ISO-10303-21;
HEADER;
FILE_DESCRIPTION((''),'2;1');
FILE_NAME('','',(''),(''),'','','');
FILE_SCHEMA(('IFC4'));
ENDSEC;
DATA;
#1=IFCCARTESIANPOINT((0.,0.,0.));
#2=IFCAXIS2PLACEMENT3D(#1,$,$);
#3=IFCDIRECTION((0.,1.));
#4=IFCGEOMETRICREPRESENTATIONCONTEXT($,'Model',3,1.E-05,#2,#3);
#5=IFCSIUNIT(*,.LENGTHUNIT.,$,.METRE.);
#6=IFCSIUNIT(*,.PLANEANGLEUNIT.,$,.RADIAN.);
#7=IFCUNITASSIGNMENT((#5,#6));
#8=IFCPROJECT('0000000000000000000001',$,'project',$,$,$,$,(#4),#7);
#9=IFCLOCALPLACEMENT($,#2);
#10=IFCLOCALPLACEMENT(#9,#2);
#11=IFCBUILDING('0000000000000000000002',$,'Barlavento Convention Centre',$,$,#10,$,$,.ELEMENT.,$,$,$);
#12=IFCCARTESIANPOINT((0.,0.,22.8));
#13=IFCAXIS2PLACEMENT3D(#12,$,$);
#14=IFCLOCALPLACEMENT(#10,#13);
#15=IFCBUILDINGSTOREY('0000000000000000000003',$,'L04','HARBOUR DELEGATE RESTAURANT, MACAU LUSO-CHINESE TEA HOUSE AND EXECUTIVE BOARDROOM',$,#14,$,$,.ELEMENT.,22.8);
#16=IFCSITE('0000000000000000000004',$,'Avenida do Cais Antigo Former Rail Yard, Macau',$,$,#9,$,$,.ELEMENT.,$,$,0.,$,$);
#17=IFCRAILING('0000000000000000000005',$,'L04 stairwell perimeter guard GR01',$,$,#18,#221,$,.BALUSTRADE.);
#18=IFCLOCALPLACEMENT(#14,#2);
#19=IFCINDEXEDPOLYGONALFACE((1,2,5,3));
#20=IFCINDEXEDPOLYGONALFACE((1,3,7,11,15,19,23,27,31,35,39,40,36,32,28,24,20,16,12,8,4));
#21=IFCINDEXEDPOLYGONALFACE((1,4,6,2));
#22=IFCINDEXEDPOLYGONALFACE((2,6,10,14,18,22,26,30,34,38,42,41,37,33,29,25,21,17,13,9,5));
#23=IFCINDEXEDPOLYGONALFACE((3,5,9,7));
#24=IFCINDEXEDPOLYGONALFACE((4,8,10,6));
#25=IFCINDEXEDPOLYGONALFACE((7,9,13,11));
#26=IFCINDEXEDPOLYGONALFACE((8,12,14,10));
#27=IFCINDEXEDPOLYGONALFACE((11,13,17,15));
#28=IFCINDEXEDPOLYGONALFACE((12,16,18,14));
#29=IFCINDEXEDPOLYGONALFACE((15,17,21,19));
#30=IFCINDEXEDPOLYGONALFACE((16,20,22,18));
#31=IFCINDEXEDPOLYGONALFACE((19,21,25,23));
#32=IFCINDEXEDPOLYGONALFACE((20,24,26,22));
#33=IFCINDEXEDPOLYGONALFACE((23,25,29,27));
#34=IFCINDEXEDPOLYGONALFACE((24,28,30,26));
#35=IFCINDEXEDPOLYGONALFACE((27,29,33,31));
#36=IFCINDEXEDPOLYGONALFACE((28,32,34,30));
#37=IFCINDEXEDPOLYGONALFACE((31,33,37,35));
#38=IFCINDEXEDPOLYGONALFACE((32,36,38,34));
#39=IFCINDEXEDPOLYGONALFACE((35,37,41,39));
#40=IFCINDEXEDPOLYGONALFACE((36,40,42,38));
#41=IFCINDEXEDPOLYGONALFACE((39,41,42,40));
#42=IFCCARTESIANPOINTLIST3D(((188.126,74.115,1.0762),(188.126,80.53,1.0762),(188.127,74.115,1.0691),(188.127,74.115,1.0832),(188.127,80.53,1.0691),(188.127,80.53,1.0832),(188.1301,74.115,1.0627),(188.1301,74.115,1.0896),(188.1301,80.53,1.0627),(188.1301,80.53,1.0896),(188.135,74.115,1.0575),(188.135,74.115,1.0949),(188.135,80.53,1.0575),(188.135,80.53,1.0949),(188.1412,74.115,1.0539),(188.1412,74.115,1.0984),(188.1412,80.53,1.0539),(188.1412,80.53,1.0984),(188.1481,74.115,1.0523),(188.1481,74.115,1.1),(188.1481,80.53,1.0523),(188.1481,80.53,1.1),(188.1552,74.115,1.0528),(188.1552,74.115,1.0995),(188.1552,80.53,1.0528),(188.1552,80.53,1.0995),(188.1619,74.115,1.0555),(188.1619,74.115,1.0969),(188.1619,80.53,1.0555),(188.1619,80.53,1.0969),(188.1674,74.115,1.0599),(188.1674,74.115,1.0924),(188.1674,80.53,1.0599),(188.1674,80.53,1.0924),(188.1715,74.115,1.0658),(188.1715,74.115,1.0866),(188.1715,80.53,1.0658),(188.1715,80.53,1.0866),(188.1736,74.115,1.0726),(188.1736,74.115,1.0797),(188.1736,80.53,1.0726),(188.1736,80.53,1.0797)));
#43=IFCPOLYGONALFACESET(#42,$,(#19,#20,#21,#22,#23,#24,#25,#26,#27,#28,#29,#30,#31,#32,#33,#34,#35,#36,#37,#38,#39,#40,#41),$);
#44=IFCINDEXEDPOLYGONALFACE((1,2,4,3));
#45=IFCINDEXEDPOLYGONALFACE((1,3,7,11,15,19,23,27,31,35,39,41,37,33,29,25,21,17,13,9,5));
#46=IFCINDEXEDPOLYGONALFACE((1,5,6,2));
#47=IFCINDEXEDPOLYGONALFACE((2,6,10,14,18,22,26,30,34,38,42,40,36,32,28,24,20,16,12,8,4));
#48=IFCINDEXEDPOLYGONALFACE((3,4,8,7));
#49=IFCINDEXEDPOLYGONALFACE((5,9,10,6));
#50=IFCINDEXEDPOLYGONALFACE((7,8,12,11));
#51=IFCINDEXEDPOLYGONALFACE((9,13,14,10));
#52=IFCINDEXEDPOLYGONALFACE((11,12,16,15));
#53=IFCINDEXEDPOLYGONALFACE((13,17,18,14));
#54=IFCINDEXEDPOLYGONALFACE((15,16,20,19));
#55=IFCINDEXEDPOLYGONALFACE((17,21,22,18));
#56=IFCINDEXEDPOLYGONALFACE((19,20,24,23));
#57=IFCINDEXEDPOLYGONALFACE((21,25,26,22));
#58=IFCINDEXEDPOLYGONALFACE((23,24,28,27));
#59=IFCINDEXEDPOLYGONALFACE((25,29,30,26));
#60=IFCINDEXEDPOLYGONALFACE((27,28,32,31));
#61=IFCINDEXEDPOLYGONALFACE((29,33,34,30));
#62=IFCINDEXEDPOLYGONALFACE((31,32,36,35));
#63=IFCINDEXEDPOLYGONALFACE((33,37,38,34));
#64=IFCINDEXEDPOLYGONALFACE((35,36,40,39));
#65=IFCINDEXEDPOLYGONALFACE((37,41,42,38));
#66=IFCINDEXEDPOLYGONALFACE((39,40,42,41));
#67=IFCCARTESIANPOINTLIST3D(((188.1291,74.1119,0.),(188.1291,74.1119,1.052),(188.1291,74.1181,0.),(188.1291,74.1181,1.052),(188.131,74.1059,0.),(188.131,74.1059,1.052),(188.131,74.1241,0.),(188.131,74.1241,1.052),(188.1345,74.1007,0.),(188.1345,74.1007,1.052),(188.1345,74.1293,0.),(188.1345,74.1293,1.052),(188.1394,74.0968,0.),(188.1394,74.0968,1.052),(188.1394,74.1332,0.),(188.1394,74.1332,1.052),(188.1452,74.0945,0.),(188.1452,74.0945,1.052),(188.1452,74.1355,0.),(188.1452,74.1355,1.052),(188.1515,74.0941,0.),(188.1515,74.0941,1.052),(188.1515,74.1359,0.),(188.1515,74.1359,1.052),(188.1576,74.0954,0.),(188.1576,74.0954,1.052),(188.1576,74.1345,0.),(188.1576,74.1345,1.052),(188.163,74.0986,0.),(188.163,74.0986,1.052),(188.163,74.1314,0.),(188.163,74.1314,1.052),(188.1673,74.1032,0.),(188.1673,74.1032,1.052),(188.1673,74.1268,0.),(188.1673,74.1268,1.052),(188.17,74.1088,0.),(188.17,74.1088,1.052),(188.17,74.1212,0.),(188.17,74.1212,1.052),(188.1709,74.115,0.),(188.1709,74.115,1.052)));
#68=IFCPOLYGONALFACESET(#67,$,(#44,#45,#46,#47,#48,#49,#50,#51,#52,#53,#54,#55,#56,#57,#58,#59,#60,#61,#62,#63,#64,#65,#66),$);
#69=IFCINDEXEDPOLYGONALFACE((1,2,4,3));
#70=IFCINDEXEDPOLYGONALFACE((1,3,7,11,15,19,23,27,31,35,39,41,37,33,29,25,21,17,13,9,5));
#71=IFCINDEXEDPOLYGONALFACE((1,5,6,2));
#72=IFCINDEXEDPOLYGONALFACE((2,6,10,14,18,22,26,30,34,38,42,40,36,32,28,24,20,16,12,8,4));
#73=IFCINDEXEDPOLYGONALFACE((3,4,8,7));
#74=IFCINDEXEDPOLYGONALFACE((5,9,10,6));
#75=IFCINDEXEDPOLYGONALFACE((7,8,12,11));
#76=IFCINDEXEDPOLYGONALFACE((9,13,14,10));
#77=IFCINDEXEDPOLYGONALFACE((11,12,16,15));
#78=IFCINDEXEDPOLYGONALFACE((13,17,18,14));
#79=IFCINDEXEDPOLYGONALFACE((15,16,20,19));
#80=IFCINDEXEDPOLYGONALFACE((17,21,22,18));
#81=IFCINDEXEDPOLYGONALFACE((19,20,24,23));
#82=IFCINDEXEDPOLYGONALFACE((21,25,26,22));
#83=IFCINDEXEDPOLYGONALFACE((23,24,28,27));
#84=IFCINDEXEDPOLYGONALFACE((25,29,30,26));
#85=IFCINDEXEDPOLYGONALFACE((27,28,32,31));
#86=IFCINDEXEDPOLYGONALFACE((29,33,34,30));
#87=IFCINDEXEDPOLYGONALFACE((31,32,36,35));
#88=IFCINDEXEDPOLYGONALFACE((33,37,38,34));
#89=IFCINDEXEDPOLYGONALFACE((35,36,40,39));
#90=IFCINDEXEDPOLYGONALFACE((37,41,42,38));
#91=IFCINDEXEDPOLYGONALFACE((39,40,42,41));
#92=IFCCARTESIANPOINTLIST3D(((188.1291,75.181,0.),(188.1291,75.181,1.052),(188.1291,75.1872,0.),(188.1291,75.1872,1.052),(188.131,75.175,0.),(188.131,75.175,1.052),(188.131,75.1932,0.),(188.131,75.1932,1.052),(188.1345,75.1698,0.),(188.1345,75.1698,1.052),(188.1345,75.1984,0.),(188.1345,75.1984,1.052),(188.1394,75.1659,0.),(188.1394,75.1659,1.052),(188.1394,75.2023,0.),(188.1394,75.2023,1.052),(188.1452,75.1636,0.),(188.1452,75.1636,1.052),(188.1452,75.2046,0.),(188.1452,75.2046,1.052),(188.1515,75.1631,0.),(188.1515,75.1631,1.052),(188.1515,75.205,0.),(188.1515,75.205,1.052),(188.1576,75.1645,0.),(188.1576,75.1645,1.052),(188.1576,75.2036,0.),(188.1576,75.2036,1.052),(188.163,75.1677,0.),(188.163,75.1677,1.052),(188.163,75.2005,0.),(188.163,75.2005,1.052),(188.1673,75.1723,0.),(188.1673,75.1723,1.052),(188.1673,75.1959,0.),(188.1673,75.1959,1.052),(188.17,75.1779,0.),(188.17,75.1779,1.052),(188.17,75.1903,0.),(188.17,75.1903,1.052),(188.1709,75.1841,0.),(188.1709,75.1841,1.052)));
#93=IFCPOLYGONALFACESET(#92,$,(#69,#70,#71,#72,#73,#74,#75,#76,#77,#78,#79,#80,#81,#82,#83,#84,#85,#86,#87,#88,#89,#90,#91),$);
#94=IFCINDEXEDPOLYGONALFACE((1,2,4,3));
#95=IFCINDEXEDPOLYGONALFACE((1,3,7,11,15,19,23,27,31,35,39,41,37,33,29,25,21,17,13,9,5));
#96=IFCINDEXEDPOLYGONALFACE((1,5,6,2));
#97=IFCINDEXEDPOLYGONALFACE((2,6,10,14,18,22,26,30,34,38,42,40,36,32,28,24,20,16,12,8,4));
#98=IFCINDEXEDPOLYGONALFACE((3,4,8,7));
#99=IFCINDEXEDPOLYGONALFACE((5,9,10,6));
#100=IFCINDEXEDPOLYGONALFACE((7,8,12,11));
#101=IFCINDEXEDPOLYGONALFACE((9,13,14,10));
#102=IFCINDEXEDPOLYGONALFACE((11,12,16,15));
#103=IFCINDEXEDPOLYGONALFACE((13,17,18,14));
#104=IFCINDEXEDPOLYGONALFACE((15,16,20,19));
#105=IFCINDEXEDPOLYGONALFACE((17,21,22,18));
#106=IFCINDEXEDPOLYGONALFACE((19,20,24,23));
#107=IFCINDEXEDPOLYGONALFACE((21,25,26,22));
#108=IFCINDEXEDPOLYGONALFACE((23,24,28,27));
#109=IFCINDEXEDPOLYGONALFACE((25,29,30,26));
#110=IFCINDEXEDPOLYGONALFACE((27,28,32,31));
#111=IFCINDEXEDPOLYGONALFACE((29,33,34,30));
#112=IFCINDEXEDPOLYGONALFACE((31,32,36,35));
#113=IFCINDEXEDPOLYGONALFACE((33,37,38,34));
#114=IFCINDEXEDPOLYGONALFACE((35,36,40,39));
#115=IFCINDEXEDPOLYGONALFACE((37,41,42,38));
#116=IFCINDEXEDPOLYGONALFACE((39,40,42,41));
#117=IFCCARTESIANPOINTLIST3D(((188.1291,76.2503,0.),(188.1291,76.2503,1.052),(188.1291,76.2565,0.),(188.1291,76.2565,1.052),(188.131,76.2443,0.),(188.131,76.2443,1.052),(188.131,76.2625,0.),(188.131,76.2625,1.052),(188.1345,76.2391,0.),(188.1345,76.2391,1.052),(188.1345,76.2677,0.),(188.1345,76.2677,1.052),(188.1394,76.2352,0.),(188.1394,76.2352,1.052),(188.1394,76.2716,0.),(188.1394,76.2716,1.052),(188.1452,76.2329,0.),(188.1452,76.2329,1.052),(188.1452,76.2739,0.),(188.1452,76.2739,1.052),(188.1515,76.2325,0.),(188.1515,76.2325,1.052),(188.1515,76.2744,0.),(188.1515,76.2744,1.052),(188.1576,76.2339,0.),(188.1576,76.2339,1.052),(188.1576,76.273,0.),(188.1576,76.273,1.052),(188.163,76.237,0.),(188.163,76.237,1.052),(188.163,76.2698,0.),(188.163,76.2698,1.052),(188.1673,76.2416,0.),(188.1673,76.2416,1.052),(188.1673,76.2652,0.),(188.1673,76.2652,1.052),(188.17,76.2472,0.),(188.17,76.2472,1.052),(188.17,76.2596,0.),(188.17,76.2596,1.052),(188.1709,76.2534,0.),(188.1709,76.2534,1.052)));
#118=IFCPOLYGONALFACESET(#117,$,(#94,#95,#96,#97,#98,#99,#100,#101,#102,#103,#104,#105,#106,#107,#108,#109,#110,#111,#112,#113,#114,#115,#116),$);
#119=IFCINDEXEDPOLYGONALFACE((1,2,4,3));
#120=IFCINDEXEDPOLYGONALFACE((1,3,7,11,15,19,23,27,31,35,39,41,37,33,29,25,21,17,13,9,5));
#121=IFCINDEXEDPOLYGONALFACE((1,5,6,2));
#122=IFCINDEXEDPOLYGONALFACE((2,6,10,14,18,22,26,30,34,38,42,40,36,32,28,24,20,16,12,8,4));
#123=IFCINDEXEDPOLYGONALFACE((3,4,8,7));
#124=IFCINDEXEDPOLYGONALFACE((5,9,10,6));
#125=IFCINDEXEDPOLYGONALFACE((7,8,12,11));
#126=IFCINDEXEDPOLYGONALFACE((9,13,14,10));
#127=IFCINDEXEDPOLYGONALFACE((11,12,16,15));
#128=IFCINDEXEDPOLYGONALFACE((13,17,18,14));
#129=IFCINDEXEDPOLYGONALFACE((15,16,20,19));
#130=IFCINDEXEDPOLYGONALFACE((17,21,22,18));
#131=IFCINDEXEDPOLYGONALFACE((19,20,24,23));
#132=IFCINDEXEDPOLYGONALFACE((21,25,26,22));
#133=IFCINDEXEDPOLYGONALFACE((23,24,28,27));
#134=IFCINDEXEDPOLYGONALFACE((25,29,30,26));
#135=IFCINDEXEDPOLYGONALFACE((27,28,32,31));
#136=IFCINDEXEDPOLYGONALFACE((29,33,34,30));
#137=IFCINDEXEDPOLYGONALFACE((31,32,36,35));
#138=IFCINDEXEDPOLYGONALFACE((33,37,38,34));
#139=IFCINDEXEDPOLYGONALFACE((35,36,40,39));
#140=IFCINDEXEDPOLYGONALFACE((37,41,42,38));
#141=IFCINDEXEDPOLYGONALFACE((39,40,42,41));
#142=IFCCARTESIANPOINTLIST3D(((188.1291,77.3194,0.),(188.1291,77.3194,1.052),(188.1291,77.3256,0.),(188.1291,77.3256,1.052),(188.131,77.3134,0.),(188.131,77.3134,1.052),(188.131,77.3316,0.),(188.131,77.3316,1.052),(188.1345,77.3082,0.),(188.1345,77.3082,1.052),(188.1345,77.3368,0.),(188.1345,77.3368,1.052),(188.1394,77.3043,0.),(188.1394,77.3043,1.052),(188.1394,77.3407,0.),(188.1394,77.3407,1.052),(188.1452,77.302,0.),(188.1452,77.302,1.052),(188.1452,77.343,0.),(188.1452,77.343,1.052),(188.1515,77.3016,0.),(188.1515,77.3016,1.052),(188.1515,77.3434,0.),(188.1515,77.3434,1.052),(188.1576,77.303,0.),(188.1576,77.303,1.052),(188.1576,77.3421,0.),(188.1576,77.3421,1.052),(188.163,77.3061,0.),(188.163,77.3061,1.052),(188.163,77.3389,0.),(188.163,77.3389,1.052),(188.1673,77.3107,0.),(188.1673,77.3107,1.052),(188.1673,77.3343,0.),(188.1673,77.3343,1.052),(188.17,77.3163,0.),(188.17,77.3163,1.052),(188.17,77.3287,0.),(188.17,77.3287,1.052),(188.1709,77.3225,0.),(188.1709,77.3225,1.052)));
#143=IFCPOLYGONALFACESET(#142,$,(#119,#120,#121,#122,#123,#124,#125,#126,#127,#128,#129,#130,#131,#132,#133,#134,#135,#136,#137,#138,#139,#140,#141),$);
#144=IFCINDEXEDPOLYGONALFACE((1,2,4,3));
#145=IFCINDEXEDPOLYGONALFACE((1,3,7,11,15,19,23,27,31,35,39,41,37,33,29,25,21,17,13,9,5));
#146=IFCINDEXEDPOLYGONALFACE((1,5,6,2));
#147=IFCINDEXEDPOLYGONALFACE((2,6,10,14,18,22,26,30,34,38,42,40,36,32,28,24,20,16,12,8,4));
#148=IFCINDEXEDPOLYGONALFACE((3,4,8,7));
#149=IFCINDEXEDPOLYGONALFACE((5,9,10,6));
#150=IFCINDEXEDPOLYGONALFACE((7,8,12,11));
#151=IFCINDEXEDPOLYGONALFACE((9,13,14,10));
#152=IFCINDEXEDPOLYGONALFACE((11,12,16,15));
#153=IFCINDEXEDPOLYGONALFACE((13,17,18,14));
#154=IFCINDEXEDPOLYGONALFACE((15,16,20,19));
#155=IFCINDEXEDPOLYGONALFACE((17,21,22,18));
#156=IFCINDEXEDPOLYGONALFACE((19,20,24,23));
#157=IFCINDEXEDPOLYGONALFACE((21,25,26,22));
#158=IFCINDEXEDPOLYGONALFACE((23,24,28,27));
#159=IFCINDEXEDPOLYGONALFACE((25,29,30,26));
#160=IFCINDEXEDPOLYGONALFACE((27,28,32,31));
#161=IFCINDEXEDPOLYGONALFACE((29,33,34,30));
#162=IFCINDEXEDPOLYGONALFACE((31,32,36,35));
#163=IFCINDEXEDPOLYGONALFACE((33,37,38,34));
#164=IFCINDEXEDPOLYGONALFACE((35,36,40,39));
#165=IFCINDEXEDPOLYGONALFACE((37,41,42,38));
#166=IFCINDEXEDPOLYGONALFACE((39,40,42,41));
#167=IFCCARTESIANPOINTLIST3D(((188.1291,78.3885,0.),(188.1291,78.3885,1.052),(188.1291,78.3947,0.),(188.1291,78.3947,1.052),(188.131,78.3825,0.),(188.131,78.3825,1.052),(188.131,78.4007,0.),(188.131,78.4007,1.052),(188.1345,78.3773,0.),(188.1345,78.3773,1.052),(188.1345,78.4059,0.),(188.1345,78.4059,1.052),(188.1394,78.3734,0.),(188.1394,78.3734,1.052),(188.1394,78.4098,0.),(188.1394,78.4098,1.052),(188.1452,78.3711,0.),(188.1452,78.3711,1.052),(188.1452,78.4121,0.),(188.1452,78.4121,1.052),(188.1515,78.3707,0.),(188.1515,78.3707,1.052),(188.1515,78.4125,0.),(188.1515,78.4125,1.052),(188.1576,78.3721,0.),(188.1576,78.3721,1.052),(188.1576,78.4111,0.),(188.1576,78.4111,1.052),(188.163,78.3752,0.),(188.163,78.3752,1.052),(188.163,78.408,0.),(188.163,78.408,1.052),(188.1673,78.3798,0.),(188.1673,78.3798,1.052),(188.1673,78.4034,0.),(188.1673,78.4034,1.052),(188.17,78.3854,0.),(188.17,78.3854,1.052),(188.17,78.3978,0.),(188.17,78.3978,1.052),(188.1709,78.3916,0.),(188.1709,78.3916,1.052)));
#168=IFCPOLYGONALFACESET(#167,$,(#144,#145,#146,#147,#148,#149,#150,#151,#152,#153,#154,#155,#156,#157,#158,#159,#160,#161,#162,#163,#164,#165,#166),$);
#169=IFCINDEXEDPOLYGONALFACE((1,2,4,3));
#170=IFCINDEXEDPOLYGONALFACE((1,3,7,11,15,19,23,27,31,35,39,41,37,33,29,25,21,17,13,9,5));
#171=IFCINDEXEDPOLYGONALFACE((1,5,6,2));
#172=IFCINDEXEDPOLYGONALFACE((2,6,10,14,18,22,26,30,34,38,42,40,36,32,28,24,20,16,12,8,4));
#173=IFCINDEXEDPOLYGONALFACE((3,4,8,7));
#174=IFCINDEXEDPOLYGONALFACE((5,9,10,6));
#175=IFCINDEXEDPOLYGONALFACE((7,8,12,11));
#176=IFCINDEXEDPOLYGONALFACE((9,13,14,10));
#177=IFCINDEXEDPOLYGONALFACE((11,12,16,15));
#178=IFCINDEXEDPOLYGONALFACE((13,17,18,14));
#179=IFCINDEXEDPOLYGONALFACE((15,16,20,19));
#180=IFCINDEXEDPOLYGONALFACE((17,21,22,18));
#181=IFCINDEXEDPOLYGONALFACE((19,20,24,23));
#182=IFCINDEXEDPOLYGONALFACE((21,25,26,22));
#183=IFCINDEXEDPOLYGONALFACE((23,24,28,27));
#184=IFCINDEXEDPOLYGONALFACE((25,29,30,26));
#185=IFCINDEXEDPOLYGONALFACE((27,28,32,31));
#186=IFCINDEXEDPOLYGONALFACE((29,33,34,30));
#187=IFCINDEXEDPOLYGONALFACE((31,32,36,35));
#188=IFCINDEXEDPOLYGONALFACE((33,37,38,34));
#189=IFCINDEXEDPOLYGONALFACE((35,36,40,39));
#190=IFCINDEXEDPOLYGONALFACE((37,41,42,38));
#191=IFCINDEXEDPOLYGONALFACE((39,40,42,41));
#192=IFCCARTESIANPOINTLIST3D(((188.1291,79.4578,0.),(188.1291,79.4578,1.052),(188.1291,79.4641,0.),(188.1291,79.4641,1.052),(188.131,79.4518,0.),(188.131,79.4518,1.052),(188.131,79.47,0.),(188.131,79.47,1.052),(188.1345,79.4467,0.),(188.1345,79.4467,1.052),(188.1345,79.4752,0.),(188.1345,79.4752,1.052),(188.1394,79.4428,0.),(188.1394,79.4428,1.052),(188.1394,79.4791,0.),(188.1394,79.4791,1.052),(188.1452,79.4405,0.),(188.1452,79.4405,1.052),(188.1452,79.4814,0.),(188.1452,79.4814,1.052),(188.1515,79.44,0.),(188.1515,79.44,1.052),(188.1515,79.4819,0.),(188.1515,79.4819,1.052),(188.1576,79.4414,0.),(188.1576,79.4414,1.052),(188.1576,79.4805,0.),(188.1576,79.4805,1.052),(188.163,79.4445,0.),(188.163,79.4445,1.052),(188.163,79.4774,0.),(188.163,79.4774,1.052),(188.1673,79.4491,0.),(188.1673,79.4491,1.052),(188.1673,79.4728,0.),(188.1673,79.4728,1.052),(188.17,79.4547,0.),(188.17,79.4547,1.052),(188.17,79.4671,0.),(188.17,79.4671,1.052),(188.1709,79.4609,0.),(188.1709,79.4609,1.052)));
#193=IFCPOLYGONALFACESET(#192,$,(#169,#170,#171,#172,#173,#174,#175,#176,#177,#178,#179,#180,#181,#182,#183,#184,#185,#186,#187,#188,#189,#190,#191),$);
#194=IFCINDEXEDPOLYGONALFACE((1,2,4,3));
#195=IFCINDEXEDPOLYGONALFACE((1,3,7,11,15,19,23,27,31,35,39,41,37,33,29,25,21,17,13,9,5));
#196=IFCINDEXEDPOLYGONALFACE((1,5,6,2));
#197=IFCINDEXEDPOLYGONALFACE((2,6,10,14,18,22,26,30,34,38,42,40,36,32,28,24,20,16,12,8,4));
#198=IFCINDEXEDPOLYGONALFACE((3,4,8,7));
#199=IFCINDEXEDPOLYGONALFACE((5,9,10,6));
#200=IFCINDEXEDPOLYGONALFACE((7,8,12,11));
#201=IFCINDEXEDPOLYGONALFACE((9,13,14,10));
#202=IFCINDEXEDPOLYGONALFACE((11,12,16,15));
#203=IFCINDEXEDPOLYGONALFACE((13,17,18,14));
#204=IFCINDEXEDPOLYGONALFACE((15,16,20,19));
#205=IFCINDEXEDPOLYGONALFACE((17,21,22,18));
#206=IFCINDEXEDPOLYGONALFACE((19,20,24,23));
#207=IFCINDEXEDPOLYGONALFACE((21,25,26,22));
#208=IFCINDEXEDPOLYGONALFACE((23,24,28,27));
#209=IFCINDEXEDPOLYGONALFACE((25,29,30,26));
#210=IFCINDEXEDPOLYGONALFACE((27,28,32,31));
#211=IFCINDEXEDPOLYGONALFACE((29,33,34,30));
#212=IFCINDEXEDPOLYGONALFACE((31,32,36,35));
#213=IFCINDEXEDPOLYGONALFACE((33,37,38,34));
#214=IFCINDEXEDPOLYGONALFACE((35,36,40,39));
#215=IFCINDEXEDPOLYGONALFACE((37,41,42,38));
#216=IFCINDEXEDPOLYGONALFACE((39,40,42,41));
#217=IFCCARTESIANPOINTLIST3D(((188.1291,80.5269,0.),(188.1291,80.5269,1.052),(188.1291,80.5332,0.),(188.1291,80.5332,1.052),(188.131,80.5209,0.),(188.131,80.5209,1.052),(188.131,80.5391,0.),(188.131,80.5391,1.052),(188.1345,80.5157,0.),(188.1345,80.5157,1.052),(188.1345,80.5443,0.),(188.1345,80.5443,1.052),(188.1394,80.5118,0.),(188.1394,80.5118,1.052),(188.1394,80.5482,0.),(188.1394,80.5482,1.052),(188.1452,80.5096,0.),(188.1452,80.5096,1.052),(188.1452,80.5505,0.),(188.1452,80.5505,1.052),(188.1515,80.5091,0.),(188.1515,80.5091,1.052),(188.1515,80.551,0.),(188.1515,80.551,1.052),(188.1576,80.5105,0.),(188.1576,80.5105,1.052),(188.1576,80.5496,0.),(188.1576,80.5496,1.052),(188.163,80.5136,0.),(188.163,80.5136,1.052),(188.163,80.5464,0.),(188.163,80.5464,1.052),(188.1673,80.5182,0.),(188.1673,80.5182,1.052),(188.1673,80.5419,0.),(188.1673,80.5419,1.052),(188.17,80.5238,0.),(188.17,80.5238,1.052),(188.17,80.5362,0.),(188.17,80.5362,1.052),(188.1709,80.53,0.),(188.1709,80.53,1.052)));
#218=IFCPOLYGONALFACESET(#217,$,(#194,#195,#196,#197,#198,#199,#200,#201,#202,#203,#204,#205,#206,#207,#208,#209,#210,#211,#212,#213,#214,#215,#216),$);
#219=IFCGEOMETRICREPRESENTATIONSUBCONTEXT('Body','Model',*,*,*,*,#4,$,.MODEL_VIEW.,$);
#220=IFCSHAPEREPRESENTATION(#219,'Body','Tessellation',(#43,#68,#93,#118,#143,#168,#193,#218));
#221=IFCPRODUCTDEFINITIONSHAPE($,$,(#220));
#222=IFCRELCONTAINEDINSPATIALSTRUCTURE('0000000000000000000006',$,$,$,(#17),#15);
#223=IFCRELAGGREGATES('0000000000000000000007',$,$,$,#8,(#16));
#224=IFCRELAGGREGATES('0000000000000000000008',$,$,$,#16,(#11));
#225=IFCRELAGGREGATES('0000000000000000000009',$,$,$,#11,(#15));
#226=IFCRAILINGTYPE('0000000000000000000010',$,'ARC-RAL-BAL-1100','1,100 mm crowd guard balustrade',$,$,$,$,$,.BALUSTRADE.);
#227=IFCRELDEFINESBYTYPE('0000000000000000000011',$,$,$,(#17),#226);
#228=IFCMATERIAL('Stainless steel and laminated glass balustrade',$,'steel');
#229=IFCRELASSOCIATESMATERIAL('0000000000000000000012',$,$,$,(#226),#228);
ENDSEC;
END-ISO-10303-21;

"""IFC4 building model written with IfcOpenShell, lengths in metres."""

from ifc_helpers import new_model, si_unit, direction, frame, origin, origin_2d, place, context, subcontext, project, spatial, circle, extrude, material, type_object, element, save


model = new_model("IFC4")

# Units and contexts
model_context = context("Model", 3, precision=1e-05, world=origin(), true_north=direction((0.0, 1.0)))
body_context = subcontext(model_context, "Body", "Model", "MODEL_VIEW")
ifc_project = project(units=[si_unit("LENGTHUNIT", "METRE"), si_unit("PLANEANGLEUNIT", "RADIAN")], contexts=[model_context])

# Site, building, storey
site_placement = place(None, origin())
site = spatial("IfcSite", under=ifc_project, at=site_placement, Name="Avenida do Cais Antigo Former Rail Yard, Macau", CompositionType="ELEMENT", RefElevation=0.0)
building_placement = place(site_placement, origin())
building = spatial("IfcBuilding", under=site, at=building_placement, Name="Barlavento Convention Centre", CompositionType="ELEMENT")
storey_placement = place(building_placement, frame((0.0, 0.0, 22.8)))
storey = spatial("IfcBuildingStorey", under=building, at=storey_placement, Name="L04", Description="HARBOUR DELEGATE RESTAURANT, MACAU LUSO-CHINESE TEA HOUSE AND EXECUTIVE BOARDROOM", CompositionType="ELEMENT", Elevation=22.8)

# Railing
ifc_material_1 = material(Name="Stainless steel and laminated glass balustrade", Category="steel")
railing_type_1 = type_object("IfcRailingType", Name="ARC-RAL-BAL-1100", Description="1,100 mm crowd guard balustrade", PredefinedType="BALUSTRADE", material=ifc_material_1)
railing_1_placement = place(storey_placement, frame((188.1499, 74.115, 0.0)))
element("IfcRailing", 1, at=railing_1_placement, inside=storey, type_object=railing_type_1, Name="L04 stairwell perimeter guard GR01", PredefinedType="BALUSTRADE", context=body_context, shape_type="SweptSolid", body=[
    extrude(circle(Radius=0.0239, at=origin_2d()), frame((0.0, 0.0, 1.0762), z_axis=(0.0, 1.0, 0.0), x_axis=(-1.0, 0.0, 0.0)), (0.0, 0.0, 1.0), 6.415),
    extrude(circle(Radius=0.021, at=origin_2d()), origin(), (0.0, 0.0, 1.0), 1.052),
    extrude(circle(Radius=0.021, at=origin_2d()), frame((0.0, 1.0691, 0.0)), (0.0, 0.0, 1.0), 1.052),
    extrude(circle(Radius=0.021, at=origin_2d()), frame((0.0, 2.1384, 0.0)), (0.0, 0.0, 1.0), 1.052),
    extrude(circle(Radius=0.021, at=origin_2d()), frame((0.0, 3.2075, 0.0)), (0.0, 0.0, 1.0), 1.052),
    extrude(circle(Radius=0.021, at=origin_2d()), frame((0.0, 4.2766, 0.0)), (0.0, 0.0, 1.0), 1.052),
    extrude(circle(Radius=0.021, at=origin_2d()), frame((0.0, 5.3459, 0.0)), (0.0, 0.0, 1.0), 1.052),
    extrude(circle(Radius=0.021, at=origin_2d()), frame((0.0, 6.415, 0.0)), (0.0, 0.0, 1.0), 1.052),
])

save(model, "model.ifc")
